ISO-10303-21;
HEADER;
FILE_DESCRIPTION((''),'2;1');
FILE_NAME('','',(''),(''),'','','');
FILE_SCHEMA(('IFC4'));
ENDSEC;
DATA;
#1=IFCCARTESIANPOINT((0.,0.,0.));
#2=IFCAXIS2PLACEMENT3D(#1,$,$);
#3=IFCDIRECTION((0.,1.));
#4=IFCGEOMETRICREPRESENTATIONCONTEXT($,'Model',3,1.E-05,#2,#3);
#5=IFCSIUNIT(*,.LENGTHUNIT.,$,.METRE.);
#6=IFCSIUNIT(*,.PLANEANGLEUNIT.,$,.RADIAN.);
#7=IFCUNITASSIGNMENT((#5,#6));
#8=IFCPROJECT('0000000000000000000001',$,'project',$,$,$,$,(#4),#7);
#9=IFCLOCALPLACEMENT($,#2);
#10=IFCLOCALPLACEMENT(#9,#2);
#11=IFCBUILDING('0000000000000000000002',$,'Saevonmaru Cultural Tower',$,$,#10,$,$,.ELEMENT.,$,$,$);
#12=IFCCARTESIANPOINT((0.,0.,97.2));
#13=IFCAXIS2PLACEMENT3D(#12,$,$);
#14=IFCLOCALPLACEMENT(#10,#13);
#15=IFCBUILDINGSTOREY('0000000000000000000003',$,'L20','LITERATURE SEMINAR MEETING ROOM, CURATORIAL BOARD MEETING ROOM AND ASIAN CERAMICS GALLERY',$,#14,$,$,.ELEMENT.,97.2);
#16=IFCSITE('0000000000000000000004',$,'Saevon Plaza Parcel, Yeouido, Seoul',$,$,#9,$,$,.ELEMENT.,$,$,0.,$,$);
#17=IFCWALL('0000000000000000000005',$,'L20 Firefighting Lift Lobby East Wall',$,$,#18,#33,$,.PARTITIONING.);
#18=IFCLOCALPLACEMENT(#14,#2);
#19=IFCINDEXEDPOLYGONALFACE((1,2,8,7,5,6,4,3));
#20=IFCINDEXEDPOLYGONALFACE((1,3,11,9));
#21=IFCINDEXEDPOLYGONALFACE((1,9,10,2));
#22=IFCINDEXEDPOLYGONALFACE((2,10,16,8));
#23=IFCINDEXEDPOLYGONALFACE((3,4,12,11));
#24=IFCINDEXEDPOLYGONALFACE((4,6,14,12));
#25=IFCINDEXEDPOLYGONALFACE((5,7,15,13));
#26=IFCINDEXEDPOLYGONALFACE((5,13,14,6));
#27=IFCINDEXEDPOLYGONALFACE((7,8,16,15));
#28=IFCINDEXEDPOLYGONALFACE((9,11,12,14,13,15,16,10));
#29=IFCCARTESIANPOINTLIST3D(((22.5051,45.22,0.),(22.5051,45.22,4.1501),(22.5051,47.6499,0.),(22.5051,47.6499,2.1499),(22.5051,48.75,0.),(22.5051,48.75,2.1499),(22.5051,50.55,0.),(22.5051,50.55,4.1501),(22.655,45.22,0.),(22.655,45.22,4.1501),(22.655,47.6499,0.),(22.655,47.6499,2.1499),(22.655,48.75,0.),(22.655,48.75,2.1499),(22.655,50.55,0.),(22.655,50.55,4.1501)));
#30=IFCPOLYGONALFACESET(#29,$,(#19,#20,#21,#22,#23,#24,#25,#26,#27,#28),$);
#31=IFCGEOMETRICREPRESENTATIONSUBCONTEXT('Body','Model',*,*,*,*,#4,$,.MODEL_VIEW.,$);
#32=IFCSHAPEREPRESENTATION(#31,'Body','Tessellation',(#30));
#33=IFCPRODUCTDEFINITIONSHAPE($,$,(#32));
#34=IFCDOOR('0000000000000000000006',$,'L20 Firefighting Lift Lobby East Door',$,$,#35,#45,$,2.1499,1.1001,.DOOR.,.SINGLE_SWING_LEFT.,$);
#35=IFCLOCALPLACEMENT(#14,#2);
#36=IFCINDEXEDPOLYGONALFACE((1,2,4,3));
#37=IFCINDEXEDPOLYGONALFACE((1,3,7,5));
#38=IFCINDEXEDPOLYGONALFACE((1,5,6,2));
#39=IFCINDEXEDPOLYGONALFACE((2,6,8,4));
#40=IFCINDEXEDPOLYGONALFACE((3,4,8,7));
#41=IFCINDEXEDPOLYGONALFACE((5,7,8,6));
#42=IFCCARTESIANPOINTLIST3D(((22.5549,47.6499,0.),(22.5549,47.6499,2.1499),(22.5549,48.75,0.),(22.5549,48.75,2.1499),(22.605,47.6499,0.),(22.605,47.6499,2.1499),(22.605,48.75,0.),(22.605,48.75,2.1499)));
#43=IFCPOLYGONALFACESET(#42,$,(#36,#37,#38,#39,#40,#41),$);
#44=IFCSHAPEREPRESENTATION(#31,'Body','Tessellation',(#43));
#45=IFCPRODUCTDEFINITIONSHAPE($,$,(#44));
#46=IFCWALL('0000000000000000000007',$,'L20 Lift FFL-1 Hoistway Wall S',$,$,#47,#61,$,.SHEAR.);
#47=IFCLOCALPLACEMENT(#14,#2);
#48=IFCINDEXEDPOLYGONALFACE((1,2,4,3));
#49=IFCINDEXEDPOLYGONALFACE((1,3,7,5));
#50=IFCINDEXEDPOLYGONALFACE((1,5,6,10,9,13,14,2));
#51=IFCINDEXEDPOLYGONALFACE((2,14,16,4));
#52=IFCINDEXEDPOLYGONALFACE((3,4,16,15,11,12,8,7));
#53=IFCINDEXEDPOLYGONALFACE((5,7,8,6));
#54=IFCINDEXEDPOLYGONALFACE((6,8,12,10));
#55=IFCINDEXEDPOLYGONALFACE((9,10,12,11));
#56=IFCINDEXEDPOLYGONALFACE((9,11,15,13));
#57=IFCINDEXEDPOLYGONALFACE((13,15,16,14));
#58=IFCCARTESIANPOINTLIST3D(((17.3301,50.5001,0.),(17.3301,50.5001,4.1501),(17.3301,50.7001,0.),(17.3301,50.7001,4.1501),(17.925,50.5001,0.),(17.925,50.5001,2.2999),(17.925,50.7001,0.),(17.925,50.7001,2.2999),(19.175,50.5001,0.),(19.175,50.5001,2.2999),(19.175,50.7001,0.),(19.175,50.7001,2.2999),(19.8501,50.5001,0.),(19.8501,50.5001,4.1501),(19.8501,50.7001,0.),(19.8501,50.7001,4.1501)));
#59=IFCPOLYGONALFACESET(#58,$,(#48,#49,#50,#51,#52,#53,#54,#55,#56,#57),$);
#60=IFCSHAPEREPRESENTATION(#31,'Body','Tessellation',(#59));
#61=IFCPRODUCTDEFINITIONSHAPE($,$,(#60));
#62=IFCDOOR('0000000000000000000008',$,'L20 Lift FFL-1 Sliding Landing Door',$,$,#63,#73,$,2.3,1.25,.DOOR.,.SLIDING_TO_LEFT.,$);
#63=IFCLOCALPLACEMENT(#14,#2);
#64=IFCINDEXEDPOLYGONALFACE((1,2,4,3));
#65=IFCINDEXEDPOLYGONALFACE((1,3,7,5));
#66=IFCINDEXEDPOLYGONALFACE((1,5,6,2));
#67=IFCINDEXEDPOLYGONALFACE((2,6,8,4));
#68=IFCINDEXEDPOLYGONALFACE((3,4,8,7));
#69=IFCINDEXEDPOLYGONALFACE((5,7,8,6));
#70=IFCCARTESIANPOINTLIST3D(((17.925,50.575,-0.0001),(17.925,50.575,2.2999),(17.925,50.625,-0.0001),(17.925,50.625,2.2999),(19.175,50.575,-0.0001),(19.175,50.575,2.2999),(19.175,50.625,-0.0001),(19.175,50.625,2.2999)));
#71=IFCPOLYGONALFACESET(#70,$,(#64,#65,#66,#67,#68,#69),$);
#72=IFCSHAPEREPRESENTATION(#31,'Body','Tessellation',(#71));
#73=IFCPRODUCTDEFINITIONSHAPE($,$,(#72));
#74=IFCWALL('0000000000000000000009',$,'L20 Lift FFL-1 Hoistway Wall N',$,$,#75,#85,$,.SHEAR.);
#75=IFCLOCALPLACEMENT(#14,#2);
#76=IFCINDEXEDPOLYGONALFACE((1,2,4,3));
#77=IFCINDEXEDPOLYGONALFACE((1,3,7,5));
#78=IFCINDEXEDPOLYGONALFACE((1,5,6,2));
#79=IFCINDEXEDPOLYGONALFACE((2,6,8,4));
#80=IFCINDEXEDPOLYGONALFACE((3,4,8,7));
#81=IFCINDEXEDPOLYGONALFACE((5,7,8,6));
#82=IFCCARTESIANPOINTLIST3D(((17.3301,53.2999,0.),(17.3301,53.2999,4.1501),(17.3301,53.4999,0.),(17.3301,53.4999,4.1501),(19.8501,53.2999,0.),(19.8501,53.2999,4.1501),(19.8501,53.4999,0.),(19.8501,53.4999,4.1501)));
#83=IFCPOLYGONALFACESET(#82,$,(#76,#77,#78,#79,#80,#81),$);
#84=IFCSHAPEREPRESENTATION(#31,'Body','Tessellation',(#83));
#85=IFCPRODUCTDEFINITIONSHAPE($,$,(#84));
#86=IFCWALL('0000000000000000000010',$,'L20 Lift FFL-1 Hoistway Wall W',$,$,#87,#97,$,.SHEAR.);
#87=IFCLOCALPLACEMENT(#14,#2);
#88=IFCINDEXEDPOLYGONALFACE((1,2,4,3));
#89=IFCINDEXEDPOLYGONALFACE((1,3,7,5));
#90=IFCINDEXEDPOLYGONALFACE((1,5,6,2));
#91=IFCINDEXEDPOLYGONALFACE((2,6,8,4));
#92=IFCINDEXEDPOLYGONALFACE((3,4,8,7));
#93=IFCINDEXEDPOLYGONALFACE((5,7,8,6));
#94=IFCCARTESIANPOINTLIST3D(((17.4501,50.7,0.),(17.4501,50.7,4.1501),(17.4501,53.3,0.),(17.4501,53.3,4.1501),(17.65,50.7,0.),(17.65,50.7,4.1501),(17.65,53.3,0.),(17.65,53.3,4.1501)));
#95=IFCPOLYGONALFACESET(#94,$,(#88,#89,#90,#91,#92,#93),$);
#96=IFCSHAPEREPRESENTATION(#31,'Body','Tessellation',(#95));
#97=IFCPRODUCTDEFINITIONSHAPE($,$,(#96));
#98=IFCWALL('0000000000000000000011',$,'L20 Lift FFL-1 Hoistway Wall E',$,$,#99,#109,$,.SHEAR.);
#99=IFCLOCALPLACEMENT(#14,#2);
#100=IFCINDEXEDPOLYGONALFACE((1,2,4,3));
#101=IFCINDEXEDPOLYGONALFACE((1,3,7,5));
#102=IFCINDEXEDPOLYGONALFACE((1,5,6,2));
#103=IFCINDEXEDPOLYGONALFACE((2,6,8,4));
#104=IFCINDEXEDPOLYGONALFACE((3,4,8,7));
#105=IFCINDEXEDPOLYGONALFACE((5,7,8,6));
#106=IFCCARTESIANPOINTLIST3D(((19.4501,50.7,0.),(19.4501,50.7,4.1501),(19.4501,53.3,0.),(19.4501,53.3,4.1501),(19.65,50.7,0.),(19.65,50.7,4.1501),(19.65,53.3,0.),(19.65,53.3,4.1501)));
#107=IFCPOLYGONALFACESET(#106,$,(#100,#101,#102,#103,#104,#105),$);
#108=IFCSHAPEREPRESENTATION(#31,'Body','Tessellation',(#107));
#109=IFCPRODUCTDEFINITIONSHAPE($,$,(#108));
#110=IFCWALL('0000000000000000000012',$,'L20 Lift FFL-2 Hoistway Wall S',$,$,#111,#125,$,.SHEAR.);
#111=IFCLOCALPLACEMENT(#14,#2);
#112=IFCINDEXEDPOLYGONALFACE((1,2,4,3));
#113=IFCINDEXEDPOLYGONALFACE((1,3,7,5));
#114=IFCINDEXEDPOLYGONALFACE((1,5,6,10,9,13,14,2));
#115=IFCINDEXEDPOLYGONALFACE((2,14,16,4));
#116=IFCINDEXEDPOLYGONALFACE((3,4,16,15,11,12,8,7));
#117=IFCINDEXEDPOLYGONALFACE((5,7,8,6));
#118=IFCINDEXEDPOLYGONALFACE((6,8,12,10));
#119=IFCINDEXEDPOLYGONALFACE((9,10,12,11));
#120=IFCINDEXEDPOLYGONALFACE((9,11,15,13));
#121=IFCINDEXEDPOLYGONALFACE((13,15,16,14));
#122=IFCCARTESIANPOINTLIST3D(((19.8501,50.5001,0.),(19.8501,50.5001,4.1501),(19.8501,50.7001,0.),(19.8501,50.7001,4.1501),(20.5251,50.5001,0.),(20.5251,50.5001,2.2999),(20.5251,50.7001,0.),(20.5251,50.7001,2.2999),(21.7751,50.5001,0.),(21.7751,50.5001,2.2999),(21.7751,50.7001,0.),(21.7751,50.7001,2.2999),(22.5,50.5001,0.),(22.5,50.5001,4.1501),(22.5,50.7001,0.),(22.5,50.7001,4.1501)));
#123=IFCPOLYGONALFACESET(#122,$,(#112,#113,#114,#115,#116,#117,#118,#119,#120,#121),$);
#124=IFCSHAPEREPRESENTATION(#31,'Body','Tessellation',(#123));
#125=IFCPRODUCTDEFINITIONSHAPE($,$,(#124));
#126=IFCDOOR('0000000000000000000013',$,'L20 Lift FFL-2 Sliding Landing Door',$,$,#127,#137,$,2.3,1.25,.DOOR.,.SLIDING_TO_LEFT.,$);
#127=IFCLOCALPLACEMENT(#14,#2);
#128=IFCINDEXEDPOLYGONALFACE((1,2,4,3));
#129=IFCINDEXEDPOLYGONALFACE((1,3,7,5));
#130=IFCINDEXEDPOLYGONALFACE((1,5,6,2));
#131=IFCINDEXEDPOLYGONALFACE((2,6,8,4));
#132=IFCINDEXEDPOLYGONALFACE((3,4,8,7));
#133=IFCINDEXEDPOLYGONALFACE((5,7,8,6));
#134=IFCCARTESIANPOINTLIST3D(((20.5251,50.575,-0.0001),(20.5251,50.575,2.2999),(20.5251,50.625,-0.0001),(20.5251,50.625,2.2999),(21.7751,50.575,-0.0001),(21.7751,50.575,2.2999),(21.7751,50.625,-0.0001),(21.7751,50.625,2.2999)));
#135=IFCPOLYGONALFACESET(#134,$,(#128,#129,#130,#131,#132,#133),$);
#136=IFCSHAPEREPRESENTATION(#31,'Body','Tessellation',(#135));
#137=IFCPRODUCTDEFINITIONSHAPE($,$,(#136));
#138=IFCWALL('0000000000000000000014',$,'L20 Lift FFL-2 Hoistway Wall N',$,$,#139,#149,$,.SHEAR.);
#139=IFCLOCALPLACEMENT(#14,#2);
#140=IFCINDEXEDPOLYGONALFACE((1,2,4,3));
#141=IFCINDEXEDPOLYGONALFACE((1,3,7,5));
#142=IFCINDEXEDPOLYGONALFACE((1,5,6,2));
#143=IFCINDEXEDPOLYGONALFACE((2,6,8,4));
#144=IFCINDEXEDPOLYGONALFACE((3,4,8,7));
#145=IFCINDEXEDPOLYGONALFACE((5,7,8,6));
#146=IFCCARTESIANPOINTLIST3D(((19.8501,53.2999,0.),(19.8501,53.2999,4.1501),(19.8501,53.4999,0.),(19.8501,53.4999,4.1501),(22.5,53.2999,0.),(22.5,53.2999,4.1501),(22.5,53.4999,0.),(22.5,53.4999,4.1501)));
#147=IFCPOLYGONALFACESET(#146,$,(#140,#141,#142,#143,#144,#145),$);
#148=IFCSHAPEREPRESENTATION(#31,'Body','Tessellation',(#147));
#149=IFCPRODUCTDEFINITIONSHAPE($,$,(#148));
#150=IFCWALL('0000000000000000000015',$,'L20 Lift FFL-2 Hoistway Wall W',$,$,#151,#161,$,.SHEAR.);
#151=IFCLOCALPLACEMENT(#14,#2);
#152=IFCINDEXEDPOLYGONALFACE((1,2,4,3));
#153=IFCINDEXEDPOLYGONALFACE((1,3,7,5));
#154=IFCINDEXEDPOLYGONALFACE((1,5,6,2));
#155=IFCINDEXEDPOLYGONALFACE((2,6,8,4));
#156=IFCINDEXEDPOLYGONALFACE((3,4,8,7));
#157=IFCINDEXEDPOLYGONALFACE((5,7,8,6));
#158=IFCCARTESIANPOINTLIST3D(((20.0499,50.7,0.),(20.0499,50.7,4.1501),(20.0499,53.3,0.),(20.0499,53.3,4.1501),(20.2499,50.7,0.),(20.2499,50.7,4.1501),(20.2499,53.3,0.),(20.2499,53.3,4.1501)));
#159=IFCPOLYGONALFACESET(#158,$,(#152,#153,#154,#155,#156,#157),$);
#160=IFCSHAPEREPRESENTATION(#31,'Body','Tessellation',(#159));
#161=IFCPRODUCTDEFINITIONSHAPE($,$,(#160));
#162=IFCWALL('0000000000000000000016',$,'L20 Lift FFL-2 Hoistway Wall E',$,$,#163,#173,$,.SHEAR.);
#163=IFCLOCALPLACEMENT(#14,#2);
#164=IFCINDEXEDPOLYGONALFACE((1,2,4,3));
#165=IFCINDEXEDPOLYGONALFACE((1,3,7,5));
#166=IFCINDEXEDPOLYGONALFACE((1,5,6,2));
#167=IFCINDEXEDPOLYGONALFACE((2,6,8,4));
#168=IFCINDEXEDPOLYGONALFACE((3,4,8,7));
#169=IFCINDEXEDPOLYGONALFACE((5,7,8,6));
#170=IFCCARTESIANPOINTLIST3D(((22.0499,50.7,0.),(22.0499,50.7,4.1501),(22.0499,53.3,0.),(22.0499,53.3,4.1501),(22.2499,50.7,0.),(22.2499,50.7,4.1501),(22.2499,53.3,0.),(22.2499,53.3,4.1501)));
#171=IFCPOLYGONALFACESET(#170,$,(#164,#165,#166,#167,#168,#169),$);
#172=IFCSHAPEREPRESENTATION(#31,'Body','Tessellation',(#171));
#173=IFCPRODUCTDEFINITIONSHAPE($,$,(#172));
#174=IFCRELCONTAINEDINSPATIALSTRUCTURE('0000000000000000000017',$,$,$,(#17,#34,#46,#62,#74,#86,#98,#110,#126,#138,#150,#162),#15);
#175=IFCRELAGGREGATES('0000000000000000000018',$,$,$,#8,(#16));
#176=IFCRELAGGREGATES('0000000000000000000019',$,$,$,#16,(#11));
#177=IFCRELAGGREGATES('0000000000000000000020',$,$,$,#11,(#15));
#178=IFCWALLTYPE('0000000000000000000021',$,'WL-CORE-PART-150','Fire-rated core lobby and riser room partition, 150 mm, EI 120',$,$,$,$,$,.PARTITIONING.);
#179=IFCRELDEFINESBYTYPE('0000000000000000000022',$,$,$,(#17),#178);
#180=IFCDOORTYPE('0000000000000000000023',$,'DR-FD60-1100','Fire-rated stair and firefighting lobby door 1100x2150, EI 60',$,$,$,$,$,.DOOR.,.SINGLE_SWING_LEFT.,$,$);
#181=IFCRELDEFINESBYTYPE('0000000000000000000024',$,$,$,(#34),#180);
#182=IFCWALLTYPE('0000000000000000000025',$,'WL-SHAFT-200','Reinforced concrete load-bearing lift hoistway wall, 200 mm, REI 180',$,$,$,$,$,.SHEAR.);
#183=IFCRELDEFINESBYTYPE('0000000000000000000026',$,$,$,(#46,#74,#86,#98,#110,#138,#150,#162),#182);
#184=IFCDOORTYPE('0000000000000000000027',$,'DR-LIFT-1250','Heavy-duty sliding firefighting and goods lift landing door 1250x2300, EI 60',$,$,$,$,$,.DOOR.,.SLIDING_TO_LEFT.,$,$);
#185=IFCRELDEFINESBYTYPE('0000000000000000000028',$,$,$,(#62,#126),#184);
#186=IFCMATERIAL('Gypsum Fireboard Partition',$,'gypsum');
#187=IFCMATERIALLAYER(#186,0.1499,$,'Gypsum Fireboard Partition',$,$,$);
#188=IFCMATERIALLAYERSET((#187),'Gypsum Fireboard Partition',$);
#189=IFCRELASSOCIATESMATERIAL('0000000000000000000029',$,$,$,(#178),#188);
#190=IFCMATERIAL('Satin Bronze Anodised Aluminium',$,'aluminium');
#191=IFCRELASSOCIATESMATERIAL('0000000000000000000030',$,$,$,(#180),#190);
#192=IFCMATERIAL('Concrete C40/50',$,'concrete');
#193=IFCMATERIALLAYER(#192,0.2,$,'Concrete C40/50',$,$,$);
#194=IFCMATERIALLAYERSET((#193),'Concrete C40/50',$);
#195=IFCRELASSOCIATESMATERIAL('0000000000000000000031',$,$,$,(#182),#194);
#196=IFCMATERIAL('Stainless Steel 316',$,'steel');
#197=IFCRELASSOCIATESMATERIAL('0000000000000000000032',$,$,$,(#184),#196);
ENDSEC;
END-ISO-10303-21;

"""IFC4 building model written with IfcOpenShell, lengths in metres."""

from ifc_helpers import new_model, si_unit, direction, frame, frame_2d, origin, place, context, subcontext, project, spatial, rectangle, extrude, material, layer, layer_set, type_object, element, fill, save


model = new_model("IFC4")

# Units and contexts
model_context = context("Model", 3, precision=1e-05, world=origin(), true_north=direction((0.0, 1.0)))
body_context = subcontext(model_context, "Body", "Model", "MODEL_VIEW")
ifc_project = project(units=[si_unit("LENGTHUNIT", "METRE"), si_unit("PLANEANGLEUNIT", "RADIAN")], contexts=[model_context])

# Site, building, storey
site_placement = place(None, origin())
site = spatial("IfcSite", under=ifc_project, at=site_placement, Name="Saevon Plaza Parcel, Yeouido, Seoul", CompositionType="ELEMENT", RefElevation=0.0)
building_placement = place(site_placement, origin())
building = spatial("IfcBuilding", under=site, at=building_placement, Name="Saevonmaru Cultural Tower", CompositionType="ELEMENT")
storey_placement = place(building_placement, frame((0.0, 0.0, 97.2)))
storey = spatial("IfcBuildingStorey", under=building, at=storey_placement, Name="L20", Description="LITERATURE SEMINAR MEETING ROOM, CURATORIAL BOARD MEETING ROOM AND ASIAN CERAMICS GALLERY", CompositionType="ELEMENT", Elevation=97.2)

# Shared definitions
ifc_material_1 = material(Name="Satin Bronze Anodised Aluminium", Category="aluminium")

# Walls, openings, doors
ifc_material_2 = material(Name="Gypsum Fireboard Partition", Category="gypsum")
ifc_layer_1 = layer(ifc_material_2, 0.1499, Name="Gypsum Fireboard Partition")
ifc_layer_set_1 = layer_set([ifc_layer_1], Name="Gypsum Fireboard Partition")
wall_type_1 = type_object("IfcWallType", Name="WL-CORE-PART-150", Description="Fire-rated core lobby and riser room partition, 150 mm, EI 120", PredefinedType="PARTITIONING", material=ifc_layer_set_1)
wall_1_placement = place(storey_placement, frame((22.5801, 50.55, 0.0), z_axis=(0.0, 0.0, 1.0), x_axis=(0.0, -1.0, 0.0)))
wall_1 = element("IfcWall", 1, at=wall_1_placement, inside=storey, type_object=wall_type_1, Name="L20 Firefighting Lift Lobby East Wall", PredefinedType="PARTITIONING", context=body_context, shape_type="SweptSolid", body=[
    extrude(rectangle(XDim=5.3301, YDim=0.1499, at=frame_2d((2.665, 0.0))), origin(), (0.0, 0.0, 1.0), 4.1501),
])
opening_1_placement = place(wall_1_placement, frame((1.8, 0.0, 0.0)))
opening_1 = element("IfcOpeningElement", 2, at=opening_1_placement, cuts=wall_1, PredefinedType="OPENING", context=body_context, shape_type="SweptSolid", body=[
    extrude(rectangle(XDim=1.1001, YDim=2.1499, at=frame_2d((0.55, 1.075))), frame((0.0, 0.085, 0.0), z_axis=(0.0, -1.0, 0.0), x_axis=(1.0, 0.0, 0.0)), (0.0, 0.0, 1.0), 0.1699),
])
door_type_1 = type_object("IfcDoorType", Name="DR-FD60-1100", Description="Fire-rated stair and firefighting lobby door 1100x2150, EI 60", OperationType="SINGLE_SWING_LEFT", PredefinedType="DOOR", material=ifc_material_1)
door_1_placement = place(opening_1_placement, origin())
door_1 = element("IfcDoor", 3, at=door_1_placement, inside=storey, type_object=door_type_1, Name="L20 Firefighting Lift Lobby East Door", OperationType="SINGLE_SWING_LEFT", OverallHeight=2.1499, OverallWidth=1.1001, PredefinedType="DOOR", context=body_context, shape_type="SweptSolid", body=[
    extrude(rectangle(XDim=1.1001, YDim=2.1499, at=frame_2d((0.55, 1.075))), frame((0.0, 0.0249, 0.0), z_axis=(0.0, -1.0, 0.0), x_axis=(1.0, 0.0, 0.0)), (0.0, 0.0, 1.0), 0.05),
])
fill(opening_1, door_1)
ifc_material_3 = material(Name="Concrete C40/50", Category="concrete")
ifc_layer_2 = layer(ifc_material_3, 0.2, Name="Concrete C40/50")
ifc_layer_set_2 = layer_set([ifc_layer_2], Name="Concrete C40/50")
wall_type_2 = type_object("IfcWallType", Name="WL-SHAFT-200", Description="Reinforced concrete load-bearing lift hoistway wall, 200 mm, REI 180", PredefinedType="SHEAR", material=ifc_layer_set_2)
wall_2_placement = place(storey_placement, frame((17.3301, 50.6001, 0.0), z_axis=(0.0, 0.0, 1.0), x_axis=(1.0, 0.0, 0.0)))
wall_2 = element("IfcWall", 4, at=wall_2_placement, inside=storey, type_object=wall_type_2, Name="L20 Lift FFL-1 Hoistway Wall S", PredefinedType="SHEAR", context=body_context, shape_type="SweptSolid", body=[
    extrude(rectangle(XDim=2.52, YDim=0.2, at=frame_2d((1.26, 0.0))), origin(), (0.0, 0.0, 1.0), 4.1501),
])
opening_2_placement = place(wall_2_placement, frame((0.595, 0.0, 0.0)))
opening_2 = element("IfcOpeningElement", 5, at=opening_2_placement, cuts=wall_2, PredefinedType="OPENING", context=body_context, shape_type="SweptSolid", body=[
    extrude(rectangle(XDim=1.25, YDim=2.3, at=frame_2d((0.625, 1.1499))), frame((0.0, 0.1099, 0.0), z_axis=(0.0, -1.0, 0.0), x_axis=(1.0, 0.0, 0.0)), (0.0, 0.0, 1.0), 0.22),
])
ifc_material_4 = material(Name="Stainless Steel 316", Category="steel")
door_type_2 = type_object("IfcDoorType", Name="DR-LIFT-1250", Description="Heavy-duty sliding firefighting and goods lift landing door 1250x2300, EI 60", OperationType="SLIDING_TO_LEFT", PredefinedType="DOOR", material=ifc_material_4)
door_2_placement = place(opening_2_placement, origin())
door_2 = element("IfcDoor", 6, at=door_2_placement, inside=storey, type_object=door_type_2, Name="L20 Lift FFL-1 Sliding Landing Door", OperationType="SLIDING_TO_LEFT", OverallHeight=2.3, OverallWidth=1.25, PredefinedType="DOOR", context=body_context, shape_type="SweptSolid", body=[
    extrude(rectangle(XDim=1.25, YDim=2.3, at=frame_2d((0.625, 1.1499))), frame((0.0, 0.0249, 0.0), z_axis=(0.0, -1.0, 0.0), x_axis=(1.0, 0.0, 0.0)), (0.0, 0.0, 1.0), 0.05),
])
fill(opening_2, door_2)

# Walls
wall_3_placement = place(storey_placement, frame((17.3301, 53.3999, 0.0), z_axis=(0.0, 0.0, 1.0), x_axis=(1.0, 0.0, 0.0)))
element("IfcWall", 7, at=wall_3_placement, inside=storey, type_object=wall_type_2, Name="L20 Lift FFL-1 Hoistway Wall N", PredefinedType="SHEAR", context=body_context, shape_type="SweptSolid", body=[
    extrude(rectangle(XDim=2.52, YDim=0.2, at=frame_2d((1.26, 0.0))), origin(), (0.0, 0.0, 1.0), 4.1501),
])
for number, where, z_axis, x_axis, name in (
    (8, (17.55, 50.7, 0.0), (0.0, 0.0, 1.0), (0.0, 1.0, 0.0), "L20 Lift FFL-1 Hoistway Wall W"),
    (9, (19.55, 50.7, 0.0), (0.0, 0.0, 1.0), (0.0, 1.0, 0.0), "L20 Lift FFL-1 Hoistway Wall E"),
):
    element("IfcWall", number, at=place(storey_placement, frame(where, z_axis=z_axis, x_axis=x_axis)), inside=storey, type_object=wall_type_2, Name=name, PredefinedType="SHEAR", context=body_context, shape_type="SweptSolid", body=[
        extrude(rectangle(XDim=2.6001, YDim=0.2, at=frame_2d((1.3, 0.0))), origin(), (0.0, 0.0, 1.0), 4.1501),
    ])

# Wall, opening, door
wall_4_placement = place(storey_placement, frame((19.8501, 50.6001, 0.0), z_axis=(0.0, 0.0, 1.0), x_axis=(1.0, 0.0, 0.0)))
wall_4 = element("IfcWall", 10, at=wall_4_placement, inside=storey, type_object=wall_type_2, Name="L20 Lift FFL-2 Hoistway Wall S", PredefinedType="SHEAR", context=body_context, shape_type="SweptSolid", body=[
    extrude(rectangle(XDim=2.6499, YDim=0.2, at=frame_2d((1.325, 0.0))), origin(), (0.0, 0.0, 1.0), 4.1501),
])
opening_3_placement = place(wall_4_placement, frame((0.675, 0.0, 0.0)))
opening_3 = element("IfcOpeningElement", 11, at=opening_3_placement, cuts=wall_4, PredefinedType="OPENING", context=body_context, shape_type="SweptSolid", body=[
    extrude(rectangle(XDim=1.25, YDim=2.3, at=frame_2d((0.625, 1.1499))), frame((0.0, 0.1099, 0.0), z_axis=(0.0, -1.0, 0.0), x_axis=(1.0, 0.0, 0.0)), (0.0, 0.0, 1.0), 0.22),
])
door_3_placement = place(opening_3_placement, origin())
door_3 = element("IfcDoor", 12, at=door_3_placement, inside=storey, type_object=door_type_2, Name="L20 Lift FFL-2 Sliding Landing Door", OperationType="SLIDING_TO_LEFT", OverallHeight=2.3, OverallWidth=1.25, PredefinedType="DOOR", context=body_context, shape_type="SweptSolid", body=[
    extrude(rectangle(XDim=1.25, YDim=2.3, at=frame_2d((0.625, 1.1499))), frame((0.0, 0.0249, 0.0), z_axis=(0.0, -1.0, 0.0), x_axis=(1.0, 0.0, 0.0)), (0.0, 0.0, 1.0), 0.05),
])
fill(opening_3, door_3)

# Walls
wall_5_placement = place(storey_placement, frame((19.8501, 53.3999, 0.0), z_axis=(0.0, 0.0, 1.0), x_axis=(1.0, 0.0, 0.0)))
element("IfcWall", 13, at=wall_5_placement, inside=storey, type_object=wall_type_2, Name="L20 Lift FFL-2 Hoistway Wall N", PredefinedType="SHEAR", context=body_context, shape_type="SweptSolid", body=[
    extrude(rectangle(XDim=2.6499, YDim=0.2, at=frame_2d((1.325, 0.0))), origin(), (0.0, 0.0, 1.0), 4.1501),
])
for number, where, z_axis, x_axis, name in (
    (14, (20.1499, 50.7, 0.0), (0.0, 0.0, 1.0), (0.0, 1.0, 0.0), "L20 Lift FFL-2 Hoistway Wall W"),
    (15, (22.1499, 50.7, 0.0), (0.0, 0.0, 1.0), (0.0, 1.0, 0.0), "L20 Lift FFL-2 Hoistway Wall E"),
):
    element("IfcWall", number, at=place(storey_placement, frame(where, z_axis=z_axis, x_axis=x_axis)), inside=storey, type_object=wall_type_2, Name=name, PredefinedType="SHEAR", context=body_context, shape_type="SweptSolid", body=[
        extrude(rectangle(XDim=2.6001, YDim=0.2, at=frame_2d((1.3, 0.0))), origin(), (0.0, 0.0, 1.0), 4.1501),
    ])

save(model, "model.ifc")
